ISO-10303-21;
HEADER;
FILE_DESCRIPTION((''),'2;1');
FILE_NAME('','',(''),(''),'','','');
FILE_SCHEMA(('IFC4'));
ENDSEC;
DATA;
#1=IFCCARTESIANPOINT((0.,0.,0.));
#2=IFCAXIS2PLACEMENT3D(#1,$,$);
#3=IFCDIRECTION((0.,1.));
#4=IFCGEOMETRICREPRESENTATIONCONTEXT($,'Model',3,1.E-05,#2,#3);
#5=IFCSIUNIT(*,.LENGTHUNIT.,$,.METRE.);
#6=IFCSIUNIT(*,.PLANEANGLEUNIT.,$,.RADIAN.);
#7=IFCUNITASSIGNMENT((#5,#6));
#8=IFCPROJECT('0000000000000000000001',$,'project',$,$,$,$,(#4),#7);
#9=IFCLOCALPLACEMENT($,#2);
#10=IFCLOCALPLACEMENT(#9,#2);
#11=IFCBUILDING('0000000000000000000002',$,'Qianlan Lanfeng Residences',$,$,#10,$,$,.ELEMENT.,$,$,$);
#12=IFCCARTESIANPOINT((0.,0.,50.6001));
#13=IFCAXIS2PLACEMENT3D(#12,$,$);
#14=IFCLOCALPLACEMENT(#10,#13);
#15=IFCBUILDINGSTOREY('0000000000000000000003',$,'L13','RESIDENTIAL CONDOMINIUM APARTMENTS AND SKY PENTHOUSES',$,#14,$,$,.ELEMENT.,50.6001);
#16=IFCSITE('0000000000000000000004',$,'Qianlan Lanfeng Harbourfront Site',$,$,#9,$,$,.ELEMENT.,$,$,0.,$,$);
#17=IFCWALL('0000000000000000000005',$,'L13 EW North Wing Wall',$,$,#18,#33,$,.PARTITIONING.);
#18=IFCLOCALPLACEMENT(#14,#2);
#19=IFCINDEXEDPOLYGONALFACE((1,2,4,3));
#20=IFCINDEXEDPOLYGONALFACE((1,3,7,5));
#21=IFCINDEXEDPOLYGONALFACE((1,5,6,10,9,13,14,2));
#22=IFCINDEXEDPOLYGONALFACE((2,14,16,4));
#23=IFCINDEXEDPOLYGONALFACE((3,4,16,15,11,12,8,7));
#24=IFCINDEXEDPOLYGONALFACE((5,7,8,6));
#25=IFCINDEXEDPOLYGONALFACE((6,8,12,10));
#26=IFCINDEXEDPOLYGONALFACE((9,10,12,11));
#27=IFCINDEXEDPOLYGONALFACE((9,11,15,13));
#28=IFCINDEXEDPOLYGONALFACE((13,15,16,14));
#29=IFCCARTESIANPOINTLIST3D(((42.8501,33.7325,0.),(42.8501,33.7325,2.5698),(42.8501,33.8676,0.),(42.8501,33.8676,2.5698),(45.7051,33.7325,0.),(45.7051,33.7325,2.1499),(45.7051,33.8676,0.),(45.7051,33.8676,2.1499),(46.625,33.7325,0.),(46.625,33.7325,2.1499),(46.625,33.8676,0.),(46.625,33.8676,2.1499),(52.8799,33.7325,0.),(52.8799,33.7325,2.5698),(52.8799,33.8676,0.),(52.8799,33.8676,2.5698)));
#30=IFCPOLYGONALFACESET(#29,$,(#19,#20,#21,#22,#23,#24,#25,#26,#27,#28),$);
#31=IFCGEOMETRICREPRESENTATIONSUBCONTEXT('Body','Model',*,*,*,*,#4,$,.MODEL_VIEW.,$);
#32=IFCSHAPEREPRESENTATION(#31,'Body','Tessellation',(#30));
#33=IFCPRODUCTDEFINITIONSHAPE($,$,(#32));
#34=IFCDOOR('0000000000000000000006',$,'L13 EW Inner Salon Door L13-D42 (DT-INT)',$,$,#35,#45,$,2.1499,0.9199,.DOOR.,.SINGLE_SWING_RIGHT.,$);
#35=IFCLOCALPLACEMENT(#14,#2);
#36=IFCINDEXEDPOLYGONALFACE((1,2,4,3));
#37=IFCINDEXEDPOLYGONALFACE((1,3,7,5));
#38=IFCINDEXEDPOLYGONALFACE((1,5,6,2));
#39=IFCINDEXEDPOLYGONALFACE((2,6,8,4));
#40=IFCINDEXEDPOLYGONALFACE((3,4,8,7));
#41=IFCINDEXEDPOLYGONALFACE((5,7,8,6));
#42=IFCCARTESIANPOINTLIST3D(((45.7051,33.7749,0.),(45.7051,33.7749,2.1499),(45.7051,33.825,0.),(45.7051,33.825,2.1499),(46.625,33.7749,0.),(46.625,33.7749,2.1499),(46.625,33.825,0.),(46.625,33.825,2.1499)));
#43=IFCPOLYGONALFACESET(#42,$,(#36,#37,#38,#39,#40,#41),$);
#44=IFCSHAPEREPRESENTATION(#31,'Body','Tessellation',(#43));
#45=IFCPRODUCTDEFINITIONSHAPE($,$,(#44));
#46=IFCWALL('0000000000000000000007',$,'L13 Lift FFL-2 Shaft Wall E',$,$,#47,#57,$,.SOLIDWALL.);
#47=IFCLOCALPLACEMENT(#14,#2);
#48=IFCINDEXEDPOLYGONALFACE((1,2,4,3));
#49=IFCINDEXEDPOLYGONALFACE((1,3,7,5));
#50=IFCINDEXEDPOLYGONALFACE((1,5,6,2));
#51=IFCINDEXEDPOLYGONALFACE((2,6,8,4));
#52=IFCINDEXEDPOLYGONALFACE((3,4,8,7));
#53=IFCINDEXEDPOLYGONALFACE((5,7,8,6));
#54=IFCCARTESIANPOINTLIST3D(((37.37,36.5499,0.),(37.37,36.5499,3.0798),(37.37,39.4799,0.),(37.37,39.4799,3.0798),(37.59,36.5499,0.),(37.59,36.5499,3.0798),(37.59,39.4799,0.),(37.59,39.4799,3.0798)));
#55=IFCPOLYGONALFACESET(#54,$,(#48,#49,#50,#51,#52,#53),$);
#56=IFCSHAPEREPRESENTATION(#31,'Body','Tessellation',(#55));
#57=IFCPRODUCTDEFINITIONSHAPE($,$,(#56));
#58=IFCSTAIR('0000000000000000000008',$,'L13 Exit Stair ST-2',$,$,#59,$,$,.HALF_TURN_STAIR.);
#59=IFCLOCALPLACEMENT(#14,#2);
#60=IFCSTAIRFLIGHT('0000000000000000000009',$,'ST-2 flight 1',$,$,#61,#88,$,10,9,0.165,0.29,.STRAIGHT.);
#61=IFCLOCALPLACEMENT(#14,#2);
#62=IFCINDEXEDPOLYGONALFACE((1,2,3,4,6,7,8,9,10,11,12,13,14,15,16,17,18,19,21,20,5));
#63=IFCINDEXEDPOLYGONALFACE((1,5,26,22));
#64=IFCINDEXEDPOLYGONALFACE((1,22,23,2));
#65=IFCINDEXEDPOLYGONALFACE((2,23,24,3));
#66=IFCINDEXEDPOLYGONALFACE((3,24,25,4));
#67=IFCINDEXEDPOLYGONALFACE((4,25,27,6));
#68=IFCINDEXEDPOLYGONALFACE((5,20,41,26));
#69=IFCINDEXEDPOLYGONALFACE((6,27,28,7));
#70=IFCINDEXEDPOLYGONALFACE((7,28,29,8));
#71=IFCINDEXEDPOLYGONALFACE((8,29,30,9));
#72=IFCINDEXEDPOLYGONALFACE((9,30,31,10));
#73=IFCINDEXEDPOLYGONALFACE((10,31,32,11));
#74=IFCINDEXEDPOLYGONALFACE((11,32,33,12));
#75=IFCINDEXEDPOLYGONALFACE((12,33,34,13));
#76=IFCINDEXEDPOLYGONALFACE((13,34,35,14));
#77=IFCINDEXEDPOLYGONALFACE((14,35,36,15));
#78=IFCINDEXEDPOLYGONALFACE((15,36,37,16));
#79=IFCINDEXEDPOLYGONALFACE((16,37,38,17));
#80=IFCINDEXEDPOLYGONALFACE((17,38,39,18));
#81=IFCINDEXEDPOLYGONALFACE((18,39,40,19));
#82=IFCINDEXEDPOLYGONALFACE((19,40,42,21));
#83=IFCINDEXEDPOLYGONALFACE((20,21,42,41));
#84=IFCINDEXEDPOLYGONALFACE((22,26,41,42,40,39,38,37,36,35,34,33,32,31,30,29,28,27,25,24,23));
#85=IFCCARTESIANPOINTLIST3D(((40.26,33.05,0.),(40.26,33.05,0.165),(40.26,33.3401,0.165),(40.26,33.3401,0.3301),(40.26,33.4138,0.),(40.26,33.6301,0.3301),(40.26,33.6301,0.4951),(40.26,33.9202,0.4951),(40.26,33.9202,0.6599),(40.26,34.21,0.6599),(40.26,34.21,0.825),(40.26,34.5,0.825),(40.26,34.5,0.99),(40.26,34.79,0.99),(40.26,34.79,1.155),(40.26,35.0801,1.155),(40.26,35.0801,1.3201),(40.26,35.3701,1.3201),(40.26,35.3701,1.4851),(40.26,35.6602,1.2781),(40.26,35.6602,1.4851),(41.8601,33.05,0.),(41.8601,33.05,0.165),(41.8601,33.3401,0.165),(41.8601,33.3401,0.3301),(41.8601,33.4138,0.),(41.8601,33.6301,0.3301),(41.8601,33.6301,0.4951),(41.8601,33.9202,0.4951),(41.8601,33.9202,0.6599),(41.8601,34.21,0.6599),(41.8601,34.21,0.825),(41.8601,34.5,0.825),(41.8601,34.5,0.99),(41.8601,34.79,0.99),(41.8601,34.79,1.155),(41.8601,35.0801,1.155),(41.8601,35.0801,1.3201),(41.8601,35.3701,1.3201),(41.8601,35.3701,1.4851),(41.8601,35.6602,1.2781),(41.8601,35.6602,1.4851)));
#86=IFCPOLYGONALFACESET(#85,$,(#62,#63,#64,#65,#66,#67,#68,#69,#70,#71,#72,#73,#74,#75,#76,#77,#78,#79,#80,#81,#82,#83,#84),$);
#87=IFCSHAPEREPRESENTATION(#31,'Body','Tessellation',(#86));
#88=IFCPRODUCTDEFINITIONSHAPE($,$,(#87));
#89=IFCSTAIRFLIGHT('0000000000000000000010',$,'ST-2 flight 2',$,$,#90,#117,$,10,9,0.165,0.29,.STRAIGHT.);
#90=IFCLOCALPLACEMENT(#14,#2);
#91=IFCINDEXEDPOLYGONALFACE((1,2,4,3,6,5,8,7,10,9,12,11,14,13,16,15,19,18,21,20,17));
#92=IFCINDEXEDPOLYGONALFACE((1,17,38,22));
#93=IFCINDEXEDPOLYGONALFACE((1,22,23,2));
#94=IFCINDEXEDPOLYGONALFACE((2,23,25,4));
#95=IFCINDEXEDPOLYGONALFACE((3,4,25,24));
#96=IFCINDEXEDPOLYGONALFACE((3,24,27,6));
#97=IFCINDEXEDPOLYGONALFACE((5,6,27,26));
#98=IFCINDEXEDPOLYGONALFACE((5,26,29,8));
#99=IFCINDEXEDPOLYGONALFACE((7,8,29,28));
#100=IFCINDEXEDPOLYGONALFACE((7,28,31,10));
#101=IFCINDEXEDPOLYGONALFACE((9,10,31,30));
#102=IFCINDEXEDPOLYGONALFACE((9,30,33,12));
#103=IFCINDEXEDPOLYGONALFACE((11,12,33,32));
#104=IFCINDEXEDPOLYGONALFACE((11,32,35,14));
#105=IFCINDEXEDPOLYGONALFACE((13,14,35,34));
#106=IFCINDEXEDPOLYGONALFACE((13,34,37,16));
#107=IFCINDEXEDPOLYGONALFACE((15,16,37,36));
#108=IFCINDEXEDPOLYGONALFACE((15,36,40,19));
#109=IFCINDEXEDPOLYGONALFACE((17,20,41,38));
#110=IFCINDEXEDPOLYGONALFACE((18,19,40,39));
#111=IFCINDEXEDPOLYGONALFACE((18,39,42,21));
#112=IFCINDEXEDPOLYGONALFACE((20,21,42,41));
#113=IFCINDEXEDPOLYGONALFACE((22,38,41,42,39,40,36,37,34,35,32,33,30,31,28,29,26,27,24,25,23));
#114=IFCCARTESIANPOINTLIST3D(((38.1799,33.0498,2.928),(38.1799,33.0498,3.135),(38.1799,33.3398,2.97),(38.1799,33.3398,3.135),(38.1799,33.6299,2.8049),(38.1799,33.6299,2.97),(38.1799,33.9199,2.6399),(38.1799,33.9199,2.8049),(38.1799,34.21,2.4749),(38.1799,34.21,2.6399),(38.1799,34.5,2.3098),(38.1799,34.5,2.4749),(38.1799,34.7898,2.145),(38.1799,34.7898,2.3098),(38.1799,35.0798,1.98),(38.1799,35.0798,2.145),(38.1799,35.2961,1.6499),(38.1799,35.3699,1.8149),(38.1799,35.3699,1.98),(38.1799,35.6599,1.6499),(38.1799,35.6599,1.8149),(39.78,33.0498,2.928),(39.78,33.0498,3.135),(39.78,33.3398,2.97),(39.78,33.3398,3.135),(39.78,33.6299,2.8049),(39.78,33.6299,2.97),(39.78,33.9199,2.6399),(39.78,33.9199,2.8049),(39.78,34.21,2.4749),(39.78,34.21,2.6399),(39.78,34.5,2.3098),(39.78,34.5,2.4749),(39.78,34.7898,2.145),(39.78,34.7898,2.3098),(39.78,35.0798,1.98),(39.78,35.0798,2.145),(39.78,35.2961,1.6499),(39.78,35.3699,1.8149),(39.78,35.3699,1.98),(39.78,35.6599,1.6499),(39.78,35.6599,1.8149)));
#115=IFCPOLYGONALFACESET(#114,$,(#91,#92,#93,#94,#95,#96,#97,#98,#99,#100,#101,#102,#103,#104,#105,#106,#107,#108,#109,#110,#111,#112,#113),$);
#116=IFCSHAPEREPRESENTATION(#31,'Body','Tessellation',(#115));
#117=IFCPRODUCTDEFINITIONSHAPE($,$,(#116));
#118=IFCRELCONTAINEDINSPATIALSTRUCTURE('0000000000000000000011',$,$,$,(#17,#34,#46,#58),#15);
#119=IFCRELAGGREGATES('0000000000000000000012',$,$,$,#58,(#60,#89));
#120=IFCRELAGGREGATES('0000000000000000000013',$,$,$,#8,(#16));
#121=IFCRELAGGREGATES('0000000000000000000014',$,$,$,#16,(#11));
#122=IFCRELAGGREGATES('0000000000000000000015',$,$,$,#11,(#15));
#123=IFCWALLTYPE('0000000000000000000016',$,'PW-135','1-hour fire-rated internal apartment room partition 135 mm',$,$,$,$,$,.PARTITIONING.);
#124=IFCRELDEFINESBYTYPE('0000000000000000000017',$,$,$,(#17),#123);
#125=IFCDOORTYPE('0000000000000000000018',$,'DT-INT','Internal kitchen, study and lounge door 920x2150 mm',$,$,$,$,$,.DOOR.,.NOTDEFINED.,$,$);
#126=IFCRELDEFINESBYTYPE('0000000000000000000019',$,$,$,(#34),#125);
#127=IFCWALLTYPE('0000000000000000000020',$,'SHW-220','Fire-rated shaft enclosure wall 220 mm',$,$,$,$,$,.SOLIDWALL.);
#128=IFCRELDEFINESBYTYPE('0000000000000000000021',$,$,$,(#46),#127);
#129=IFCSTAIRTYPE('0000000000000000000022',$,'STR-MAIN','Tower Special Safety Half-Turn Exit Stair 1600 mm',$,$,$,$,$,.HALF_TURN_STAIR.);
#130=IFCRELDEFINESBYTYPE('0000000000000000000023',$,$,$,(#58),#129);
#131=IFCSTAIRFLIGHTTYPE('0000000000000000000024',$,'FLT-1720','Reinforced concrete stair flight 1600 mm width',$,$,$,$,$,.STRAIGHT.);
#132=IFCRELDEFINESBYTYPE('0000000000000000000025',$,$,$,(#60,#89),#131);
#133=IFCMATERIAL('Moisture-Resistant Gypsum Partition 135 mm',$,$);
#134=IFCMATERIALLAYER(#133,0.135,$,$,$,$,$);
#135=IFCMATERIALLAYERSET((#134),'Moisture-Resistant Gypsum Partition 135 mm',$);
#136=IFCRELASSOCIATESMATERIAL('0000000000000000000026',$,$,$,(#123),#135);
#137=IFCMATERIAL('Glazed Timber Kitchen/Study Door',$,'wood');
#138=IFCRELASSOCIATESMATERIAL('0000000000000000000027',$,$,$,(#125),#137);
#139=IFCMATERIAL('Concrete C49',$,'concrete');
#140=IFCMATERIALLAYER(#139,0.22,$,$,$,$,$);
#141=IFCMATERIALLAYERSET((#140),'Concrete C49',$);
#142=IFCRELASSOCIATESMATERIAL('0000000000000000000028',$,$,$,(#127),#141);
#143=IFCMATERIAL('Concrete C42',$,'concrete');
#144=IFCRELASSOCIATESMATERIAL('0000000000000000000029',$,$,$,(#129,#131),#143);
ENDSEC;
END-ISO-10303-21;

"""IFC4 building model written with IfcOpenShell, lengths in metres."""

from ifc_helpers import new_model, si_unit, direction, frame, frame_2d, origin, place, context, subcontext, project, spatial, polyline, rectangle, outline, extrude, material, layer, layer_set, type_object, element, fill, aggregate, save


model = new_model("IFC4")

# Units and contexts
model_context = context("Model", 3, precision=1e-05, world=origin(), true_north=direction((0.0, 1.0)))
body_context = subcontext(model_context, "Body", "Model", "MODEL_VIEW")
ifc_project = project(units=[si_unit("LENGTHUNIT", "METRE"), si_unit("PLANEANGLEUNIT", "RADIAN")], contexts=[model_context])

# Site, building, storey
site_placement = place(None, origin())
site = spatial("IfcSite", under=ifc_project, at=site_placement, Name="Qianlan Lanfeng Harbourfront Site", CompositionType="ELEMENT", RefElevation=0.0)
building_placement = place(site_placement, origin())
building = spatial("IfcBuilding", under=site, at=building_placement, Name="Qianlan Lanfeng Residences", CompositionType="ELEMENT")
storey_placement = place(building_placement, frame((0.0, 0.0, 50.6001)))
storey = spatial("IfcBuildingStorey", under=building, at=storey_placement, Name="L13", Description="RESIDENTIAL CONDOMINIUM APARTMENTS AND SKY PENTHOUSES", CompositionType="ELEMENT", Elevation=50.6001)

# Shared definitions
ifc_material_1 = material(Name="Concrete C42", Category="concrete")

# Wall, opening, door
ifc_material_2 = material(Name="Moisture-Resistant Gypsum Partition 135 mm")
ifc_layer_1 = layer(ifc_material_2, 0.135)
ifc_layer_set_1 = layer_set([ifc_layer_1], Name="Moisture-Resistant Gypsum Partition 135 mm")
wall_type_1 = type_object("IfcWallType", Name="PW-135", Description="1-hour fire-rated internal apartment room partition 135 mm", PredefinedType="PARTITIONING", material=ifc_layer_set_1)
wall_1_placement = place(storey_placement, frame((42.8501, 33.8, 0.0), z_axis=(0.0, 0.0, 1.0), x_axis=(1.0, 0.0, 0.0)))
wall_1 = element("IfcWall", 1, at=wall_1_placement, inside=storey, type_object=wall_type_1, Name="L13 EW North Wing Wall", PredefinedType="PARTITIONING", context=body_context, shape_type="SweptSolid", body=[
    extrude(rectangle(XDim=10.0298, YDim=0.135, at=frame_2d((5.0149, 0.0))), origin(), (0.0, 0.0, 1.0), 2.5698),
])
opening_1_placement = place(wall_1_placement, frame((2.855, 0.0, 0.0)))
opening_1 = element("IfcOpeningElement", 2, at=opening_1_placement, cuts=wall_1, PredefinedType="OPENING", context=body_context, shape_type="SweptSolid", body=[
    extrude(rectangle(XDim=0.9199, YDim=2.1499, at=frame_2d((0.46, 1.075))), frame((0.0, 0.0776, 0.0), z_axis=(0.0, -1.0, 0.0), x_axis=(1.0, 0.0, 0.0)), (0.0, 0.0, 1.0), 0.155),
])
ifc_material_3 = material(Name="Glazed Timber Kitchen/Study Door", Category="wood")
door_type_1 = type_object("IfcDoorType", Name="DT-INT", Description="Internal kitchen, study and lounge door 920x2150 mm", OperationType="NOTDEFINED", PredefinedType="DOOR", material=ifc_material_3)
door_1_placement = place(opening_1_placement, origin())
door_1 = element("IfcDoor", 3, at=door_1_placement, inside=storey, type_object=door_type_1, Name="L13 EW Inner Salon Door L13-D42 (DT-INT)", OperationType="SINGLE_SWING_RIGHT", OverallHeight=2.1499, OverallWidth=0.9199, PredefinedType="DOOR", context=body_context, shape_type="SweptSolid", body=[
    extrude(rectangle(XDim=0.9199, YDim=2.1499, at=frame_2d((0.46, 1.075))), frame((0.0, 0.0249, 0.0), z_axis=(0.0, -1.0, 0.0), x_axis=(1.0, 0.0, 0.0)), (0.0, 0.0, 1.0), 0.05),
])
fill(opening_1, door_1)

# Wall
ifc_material_4 = material(Name="Concrete C49", Category="concrete")
ifc_layer_2 = layer(ifc_material_4, 0.22)
ifc_layer_set_2 = layer_set([ifc_layer_2], Name="Concrete C49")
wall_type_2 = type_object("IfcWallType", Name="SHW-220", Description="Fire-rated shaft enclosure wall 220 mm", PredefinedType="SOLIDWALL", material=ifc_layer_set_2)
wall_2_placement = place(storey_placement, frame((37.48, 36.55, 0.0), z_axis=(0.0, 0.0, 1.0), x_axis=(0.0, 1.0, 0.0)))
element("IfcWall", 4, at=wall_2_placement, inside=storey, type_object=wall_type_2, Name="L13 Lift FFL-2 Shaft Wall E", PredefinedType="SOLIDWALL", context=body_context, shape_type="SweptSolid", body=[
    extrude(rectangle(XDim=2.9299, YDim=0.22, at=frame_2d((1.4648, 0.0))), origin(), (0.0, 0.0, 1.0), 3.0798),
])

# Stair, stair flights
stair_type = type_object("IfcStairType", Name="STR-MAIN", Description="Tower Special Safety Half-Turn Exit Stair 1600 mm", PredefinedType="HALF_TURN_STAIR", material=ifc_material_1)
stair_placement = place(storey_placement, origin())
stair = element("IfcStair", 5, at=stair_placement, inside=storey, type_object=stair_type, Name="L13 Exit Stair ST-2", PredefinedType="HALF_TURN_STAIR")
stair_flight_type = type_object("IfcStairFlightType", Name="FLT-1720", Description="Reinforced concrete stair flight 1600 mm width", PredefinedType="STRAIGHT", material=ifc_material_1)
stair_flight_1_placement = place(storey_placement, frame((41.0601, 33.05, 0.0), z_axis=(0.0, 0.0, 1.0), x_axis=(0.0, 1.0, 0.0)))
stair_flight_1 = element("IfcStairFlight", 6, at=stair_flight_1_placement, type_object=stair_flight_type, Name="ST-2 flight 1", NumberOfRisers=10, NumberOfTreads=9, PredefinedType="STRAIGHT", RiserHeight=0.165, TreadLength=0.29, context=body_context, shape_type="SweptSolid", body=[
    extrude(outline(polyline([(0.0, 0.0), (0.0, 0.165), (0.29, 0.165), (0.29, 0.3301), (0.5801, 0.3301), (0.5801, 0.4951), (0.8701, 0.4951), (0.8701, 0.6599), (1.1599, 0.6599), (1.1599, 0.825), (1.45, 0.825), (1.45, 0.99), (1.74, 0.99), (1.74, 1.155), (2.03, 1.155), (2.03, 1.3201), (2.3201, 1.3201), (2.3201, 1.4851), (2.6101, 1.4851), (2.6101, 1.6499), (2.6101, 1.2781), (0.3638, 0.0), (0.0, 0.0)])), frame((0.0, 0.8, 0.0), z_axis=(0.0, -1.0, 0.0), x_axis=(1.0, 0.0, 0.0)), (0.0, 0.0, 1.0), 1.6001),
])
stair_flight_2_placement = place(storey_placement, frame((38.98, 35.6599, 1.6499), z_axis=(0.0, 0.0, 1.0), x_axis=(0.0, -1.0, 0.0)))
stair_flight_2 = element("IfcStairFlight", 7, at=stair_flight_2_placement, type_object=stair_flight_type, Name="ST-2 flight 2", NumberOfRisers=10, NumberOfTreads=9, PredefinedType="STRAIGHT", RiserHeight=0.165, TreadLength=0.29, context=body_context, shape_type="SweptSolid", body=[
    extrude(outline(polyline([(0.0, 0.0), (0.0, 0.165), (0.29, 0.165), (0.29, 0.3301), (0.5801, 0.3301), (0.5801, 0.4951), (0.8701, 0.4951), (0.8701, 0.6599), (1.1599, 0.6599), (1.1599, 0.825), (1.45, 0.825), (1.45, 0.99), (1.74, 0.99), (1.74, 1.155), (2.03, 1.155), (2.03, 1.3201), (2.3201, 1.3201), (2.3201, 1.4851), (2.6101, 1.4851), (2.6101, 1.6499), (2.6101, 1.2781), (0.3638, 0.0), (0.0, 0.0)])), frame((0.0, 0.8, 0.0), z_axis=(0.0, -1.0, 0.0), x_axis=(1.0, 0.0, 0.0)), (0.0, 0.0, 1.0), 1.6001),
])
aggregate(stair, [stair_flight_1, stair_flight_2])

save(model, "model.ifc")
